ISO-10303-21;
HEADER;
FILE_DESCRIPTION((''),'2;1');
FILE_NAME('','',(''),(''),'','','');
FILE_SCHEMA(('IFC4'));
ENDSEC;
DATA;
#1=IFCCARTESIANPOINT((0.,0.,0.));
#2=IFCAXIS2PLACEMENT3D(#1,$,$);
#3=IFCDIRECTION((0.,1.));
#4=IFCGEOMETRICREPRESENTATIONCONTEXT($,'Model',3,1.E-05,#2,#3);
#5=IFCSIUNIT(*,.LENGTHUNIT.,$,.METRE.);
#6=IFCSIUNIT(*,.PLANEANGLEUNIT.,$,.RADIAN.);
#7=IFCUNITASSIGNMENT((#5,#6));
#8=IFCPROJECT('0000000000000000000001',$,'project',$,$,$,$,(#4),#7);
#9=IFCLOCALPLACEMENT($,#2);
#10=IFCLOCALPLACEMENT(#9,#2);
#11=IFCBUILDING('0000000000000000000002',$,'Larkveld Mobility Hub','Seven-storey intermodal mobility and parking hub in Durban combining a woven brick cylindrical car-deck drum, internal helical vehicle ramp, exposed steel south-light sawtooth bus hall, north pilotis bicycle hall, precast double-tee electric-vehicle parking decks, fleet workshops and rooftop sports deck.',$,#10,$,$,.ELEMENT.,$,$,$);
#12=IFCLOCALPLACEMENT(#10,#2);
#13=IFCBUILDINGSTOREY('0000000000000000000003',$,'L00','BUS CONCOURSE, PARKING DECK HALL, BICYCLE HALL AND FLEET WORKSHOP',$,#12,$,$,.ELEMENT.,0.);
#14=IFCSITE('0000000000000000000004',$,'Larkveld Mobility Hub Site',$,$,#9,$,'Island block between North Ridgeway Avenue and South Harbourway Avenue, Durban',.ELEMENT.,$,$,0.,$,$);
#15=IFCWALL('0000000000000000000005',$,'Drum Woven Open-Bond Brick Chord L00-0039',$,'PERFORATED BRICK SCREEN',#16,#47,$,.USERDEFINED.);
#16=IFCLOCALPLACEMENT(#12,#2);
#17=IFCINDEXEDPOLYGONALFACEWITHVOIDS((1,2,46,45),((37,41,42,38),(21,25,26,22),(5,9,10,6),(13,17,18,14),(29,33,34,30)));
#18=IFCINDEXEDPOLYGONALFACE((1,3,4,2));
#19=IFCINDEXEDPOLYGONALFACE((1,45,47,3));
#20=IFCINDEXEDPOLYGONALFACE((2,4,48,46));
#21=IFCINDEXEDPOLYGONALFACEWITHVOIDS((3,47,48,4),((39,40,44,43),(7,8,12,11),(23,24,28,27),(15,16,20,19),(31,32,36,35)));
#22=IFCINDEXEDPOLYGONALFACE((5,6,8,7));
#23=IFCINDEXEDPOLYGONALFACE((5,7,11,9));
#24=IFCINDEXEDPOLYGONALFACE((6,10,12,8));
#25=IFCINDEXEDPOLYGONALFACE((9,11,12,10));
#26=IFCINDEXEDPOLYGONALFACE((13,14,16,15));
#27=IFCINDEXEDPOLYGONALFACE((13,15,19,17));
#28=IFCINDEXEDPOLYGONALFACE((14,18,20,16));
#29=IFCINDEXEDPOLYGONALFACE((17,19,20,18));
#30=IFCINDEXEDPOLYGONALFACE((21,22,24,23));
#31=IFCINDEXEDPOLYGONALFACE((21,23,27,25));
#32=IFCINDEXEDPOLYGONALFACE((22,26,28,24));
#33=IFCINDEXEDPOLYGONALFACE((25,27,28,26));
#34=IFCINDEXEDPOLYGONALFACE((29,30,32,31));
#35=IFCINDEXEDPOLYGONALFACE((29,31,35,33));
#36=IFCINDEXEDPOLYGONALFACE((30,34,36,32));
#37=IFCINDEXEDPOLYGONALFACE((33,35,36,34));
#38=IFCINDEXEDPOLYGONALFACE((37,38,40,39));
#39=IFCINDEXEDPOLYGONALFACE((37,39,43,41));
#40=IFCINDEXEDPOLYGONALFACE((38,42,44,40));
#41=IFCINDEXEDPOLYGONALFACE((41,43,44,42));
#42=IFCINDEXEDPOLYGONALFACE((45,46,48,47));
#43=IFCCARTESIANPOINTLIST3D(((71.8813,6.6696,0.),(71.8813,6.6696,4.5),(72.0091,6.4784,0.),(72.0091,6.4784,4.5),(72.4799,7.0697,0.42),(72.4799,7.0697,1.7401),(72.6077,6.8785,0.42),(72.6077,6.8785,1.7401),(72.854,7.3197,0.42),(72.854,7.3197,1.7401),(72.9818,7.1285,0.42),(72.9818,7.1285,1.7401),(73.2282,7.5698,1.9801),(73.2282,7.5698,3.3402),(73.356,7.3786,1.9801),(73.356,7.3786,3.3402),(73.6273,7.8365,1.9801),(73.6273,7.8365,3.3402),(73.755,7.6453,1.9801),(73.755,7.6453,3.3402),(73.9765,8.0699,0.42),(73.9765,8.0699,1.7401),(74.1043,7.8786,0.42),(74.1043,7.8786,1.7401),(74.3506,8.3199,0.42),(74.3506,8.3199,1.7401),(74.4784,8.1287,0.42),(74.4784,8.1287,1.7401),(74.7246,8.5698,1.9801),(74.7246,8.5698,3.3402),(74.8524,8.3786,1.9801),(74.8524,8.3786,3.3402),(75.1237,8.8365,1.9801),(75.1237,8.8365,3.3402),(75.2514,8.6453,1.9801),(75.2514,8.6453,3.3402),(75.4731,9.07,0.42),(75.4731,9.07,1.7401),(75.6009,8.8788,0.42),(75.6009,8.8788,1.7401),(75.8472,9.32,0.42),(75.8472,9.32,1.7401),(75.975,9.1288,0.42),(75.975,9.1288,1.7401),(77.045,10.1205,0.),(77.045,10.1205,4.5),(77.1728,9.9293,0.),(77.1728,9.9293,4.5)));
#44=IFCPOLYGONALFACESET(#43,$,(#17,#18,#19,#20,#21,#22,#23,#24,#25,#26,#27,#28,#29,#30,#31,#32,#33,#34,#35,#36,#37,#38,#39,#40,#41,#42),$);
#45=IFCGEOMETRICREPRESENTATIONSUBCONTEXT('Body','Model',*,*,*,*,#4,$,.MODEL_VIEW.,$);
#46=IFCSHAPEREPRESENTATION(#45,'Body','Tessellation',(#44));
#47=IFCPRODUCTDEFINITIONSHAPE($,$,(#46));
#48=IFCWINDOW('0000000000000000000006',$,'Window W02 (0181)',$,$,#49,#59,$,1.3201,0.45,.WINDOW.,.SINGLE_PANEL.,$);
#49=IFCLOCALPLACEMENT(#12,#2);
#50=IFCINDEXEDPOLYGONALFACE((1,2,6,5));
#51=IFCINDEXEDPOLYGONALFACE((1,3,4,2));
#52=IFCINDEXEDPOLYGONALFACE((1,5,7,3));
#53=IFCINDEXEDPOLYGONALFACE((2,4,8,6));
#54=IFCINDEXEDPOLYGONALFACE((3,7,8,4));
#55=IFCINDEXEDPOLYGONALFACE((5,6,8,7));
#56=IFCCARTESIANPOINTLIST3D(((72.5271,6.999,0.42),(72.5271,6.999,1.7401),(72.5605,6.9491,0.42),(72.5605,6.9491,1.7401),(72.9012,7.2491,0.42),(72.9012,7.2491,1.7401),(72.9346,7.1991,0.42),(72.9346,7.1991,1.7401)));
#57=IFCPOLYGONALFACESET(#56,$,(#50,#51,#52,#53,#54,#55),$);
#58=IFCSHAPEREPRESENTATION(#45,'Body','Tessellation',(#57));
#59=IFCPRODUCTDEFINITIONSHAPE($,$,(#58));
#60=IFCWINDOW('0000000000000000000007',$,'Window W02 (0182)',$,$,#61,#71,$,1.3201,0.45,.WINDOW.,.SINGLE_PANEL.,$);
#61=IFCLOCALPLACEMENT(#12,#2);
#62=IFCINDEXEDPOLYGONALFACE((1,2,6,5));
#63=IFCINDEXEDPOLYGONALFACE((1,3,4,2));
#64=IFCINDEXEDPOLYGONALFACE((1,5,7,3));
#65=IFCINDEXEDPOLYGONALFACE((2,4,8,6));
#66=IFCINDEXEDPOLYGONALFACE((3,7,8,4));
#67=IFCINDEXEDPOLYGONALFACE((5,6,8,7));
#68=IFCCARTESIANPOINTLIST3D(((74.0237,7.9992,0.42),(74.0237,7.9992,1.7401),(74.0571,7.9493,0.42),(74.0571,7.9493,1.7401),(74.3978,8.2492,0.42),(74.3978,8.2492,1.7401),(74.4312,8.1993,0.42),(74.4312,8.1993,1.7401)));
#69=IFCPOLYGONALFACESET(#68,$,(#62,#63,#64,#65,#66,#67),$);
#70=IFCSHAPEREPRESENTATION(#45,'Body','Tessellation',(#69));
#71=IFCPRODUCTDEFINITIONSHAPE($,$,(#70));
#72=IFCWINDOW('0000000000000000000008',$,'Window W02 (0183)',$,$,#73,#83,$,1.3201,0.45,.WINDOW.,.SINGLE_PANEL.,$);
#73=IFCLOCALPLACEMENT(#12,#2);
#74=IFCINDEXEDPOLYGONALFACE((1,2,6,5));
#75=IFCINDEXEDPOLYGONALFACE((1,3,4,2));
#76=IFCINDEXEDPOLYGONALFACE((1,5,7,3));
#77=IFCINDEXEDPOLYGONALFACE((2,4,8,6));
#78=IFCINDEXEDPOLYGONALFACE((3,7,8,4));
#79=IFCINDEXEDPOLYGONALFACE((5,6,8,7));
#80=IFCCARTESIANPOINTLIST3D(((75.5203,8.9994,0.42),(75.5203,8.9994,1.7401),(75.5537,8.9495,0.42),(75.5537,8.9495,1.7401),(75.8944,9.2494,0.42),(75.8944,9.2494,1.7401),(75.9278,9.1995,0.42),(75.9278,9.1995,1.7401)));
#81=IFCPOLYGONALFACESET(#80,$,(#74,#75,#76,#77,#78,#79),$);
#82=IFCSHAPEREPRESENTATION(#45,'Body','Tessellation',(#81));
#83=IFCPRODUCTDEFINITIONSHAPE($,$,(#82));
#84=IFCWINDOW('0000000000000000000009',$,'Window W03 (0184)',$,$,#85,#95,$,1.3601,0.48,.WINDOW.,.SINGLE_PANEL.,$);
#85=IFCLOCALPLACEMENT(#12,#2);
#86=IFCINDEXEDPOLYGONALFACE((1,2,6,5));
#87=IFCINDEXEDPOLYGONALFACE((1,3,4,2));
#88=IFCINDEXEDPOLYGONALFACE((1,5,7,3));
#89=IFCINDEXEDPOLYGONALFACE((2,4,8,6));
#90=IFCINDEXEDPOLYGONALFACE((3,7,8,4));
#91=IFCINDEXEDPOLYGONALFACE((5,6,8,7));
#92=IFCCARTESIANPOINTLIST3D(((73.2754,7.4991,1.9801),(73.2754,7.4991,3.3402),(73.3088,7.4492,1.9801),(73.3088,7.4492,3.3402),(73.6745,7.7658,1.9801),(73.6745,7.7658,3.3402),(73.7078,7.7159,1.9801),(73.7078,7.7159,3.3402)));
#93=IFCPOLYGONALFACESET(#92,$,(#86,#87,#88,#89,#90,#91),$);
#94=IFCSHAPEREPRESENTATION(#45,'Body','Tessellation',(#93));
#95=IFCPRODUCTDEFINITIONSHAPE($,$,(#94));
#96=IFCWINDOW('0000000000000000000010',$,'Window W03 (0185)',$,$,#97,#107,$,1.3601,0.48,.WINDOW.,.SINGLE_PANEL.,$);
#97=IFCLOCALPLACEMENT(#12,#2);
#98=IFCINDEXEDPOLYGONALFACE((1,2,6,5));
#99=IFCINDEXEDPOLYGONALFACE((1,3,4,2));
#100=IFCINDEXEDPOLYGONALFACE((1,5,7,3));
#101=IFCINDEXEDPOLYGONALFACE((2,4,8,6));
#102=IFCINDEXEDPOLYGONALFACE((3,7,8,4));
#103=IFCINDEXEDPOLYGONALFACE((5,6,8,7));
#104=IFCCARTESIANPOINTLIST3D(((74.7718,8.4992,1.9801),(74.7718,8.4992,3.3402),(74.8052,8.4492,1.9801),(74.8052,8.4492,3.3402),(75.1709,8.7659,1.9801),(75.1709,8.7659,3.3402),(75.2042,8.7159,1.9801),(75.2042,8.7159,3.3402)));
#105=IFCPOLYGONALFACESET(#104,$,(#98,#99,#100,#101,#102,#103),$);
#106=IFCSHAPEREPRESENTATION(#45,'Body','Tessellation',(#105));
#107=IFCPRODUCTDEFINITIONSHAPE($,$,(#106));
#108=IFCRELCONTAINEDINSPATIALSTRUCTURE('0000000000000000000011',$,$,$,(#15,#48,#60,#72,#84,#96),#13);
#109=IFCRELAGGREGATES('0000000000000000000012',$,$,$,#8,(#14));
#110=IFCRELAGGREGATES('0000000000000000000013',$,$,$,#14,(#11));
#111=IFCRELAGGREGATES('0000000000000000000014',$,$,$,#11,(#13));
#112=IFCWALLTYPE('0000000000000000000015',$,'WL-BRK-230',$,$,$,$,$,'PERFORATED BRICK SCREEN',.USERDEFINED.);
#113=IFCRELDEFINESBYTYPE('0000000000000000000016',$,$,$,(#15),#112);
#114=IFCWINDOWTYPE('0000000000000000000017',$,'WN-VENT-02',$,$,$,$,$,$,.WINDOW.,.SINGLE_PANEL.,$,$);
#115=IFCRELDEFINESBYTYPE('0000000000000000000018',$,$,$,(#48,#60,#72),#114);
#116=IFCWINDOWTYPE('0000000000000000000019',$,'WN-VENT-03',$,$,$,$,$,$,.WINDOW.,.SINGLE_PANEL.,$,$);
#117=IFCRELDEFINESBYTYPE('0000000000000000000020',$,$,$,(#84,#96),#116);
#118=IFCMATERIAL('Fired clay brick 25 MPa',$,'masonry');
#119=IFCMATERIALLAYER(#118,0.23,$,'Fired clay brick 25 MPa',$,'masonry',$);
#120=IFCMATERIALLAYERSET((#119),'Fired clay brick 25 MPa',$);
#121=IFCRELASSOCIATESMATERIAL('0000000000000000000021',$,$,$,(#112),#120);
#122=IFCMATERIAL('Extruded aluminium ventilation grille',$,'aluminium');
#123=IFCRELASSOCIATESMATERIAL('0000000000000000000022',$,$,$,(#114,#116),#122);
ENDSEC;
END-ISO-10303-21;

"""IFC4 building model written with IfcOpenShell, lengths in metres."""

from ifc_helpers import new_model, si_unit, direction, frame, frame_2d, origin, place, context, subcontext, project, spatial, rectangle, extrude, material, layer, layer_set, type_object, element, fill, save


model = new_model("IFC4")

# Units and contexts
model_context = context("Model", 3, precision=1e-05, world=origin(), true_north=direction((0.0, 1.0)))
body_context = subcontext(model_context, "Body", "Model", "MODEL_VIEW")
ifc_project = project(units=[si_unit("LENGTHUNIT", "METRE"), si_unit("PLANEANGLEUNIT", "RADIAN")], contexts=[model_context])

# Site, building, storey
site_placement = place(None, origin())
site = spatial("IfcSite", under=ifc_project, at=site_placement, Name="Larkveld Mobility Hub Site", LongName="Island block between North Ridgeway Avenue and South Harbourway Avenue, Durban", CompositionType="ELEMENT", RefElevation=0.0)
building_placement = place(site_placement, origin())
building = spatial("IfcBuilding", under=site, at=building_placement, Name="Larkveld Mobility Hub", Description="Seven-storey intermodal mobility and parking hub in Durban combining a woven brick cylindrical car-deck drum, internal helical vehicle ramp, exposed steel south-light sawtooth bus hall, north pilotis bicycle hall, precast double-tee electric-vehicle parking decks, fleet workshops and rooftop sports deck.", CompositionType="ELEMENT")
storey_placement = place(building_placement, origin())
storey = spatial("IfcBuildingStorey", under=building, at=storey_placement, Name="L00", Description="BUS CONCOURSE, PARKING DECK HALL, BICYCLE HALL AND FLEET WORKSHOP", CompositionType="ELEMENT", Elevation=0.0)

# Wall, openings, windows
ifc_material_1 = material(Name="Fired clay brick 25 MPa", Category="masonry")
ifc_layer_1 = layer(ifc_material_1, 0.23, Name="Fired clay brick 25 MPa", Category="masonry")
ifc_layer_set_1 = layer_set([ifc_layer_1], Name="Fired clay brick 25 MPa")
wall_type_1 = type_object("IfcWallType", Name="WL-BRK-230", ElementType="PERFORATED BRICK SCREEN", PredefinedType="USERDEFINED", material=ifc_layer_set_1)
wall_1_placement = place(storey_placement, frame((71.9451, 6.574, 0.0), z_axis=(0.0, 0.0, 1.0), x_axis=(0.831427, 0.555634, 0.0)))
wall_1 = element("IfcWall", 1, at=wall_1_placement, inside=storey, type_object=wall_type_1, Name="Drum Woven Open-Bond Brick Chord L00-0039", ObjectType="PERFORATED BRICK SCREEN", PredefinedType="USERDEFINED", context=body_context, shape_type="SweptSolid", body=[
    extrude(rectangle(XDim=6.2107, YDim=0.23, at=frame_2d((3.1055, 0.0))), origin(), (0.0, 0.0, 1.0), 4.5),
])
opening_1_placement = place(wall_1_placement, frame((0.72, 0.0, 0.4199)))
opening_1 = element("IfcOpeningElement", 2, at=opening_1_placement, cuts=wall_1, PredefinedType="OPENING", context=body_context, shape_type="SweptSolid", body=[
    extrude(rectangle(XDim=0.45, YDim=1.3201, at=frame_2d((0.2251, 0.6602))), frame((0.0, 0.125, 0.0), z_axis=(0.0, -1.0, 0.0), x_axis=(1.0, 0.0, 0.0)), (0.0, 0.0, 1.0), 0.25),
])
opening_2_placement = place(wall_1_placement, frame((2.52, 0.0, 0.4199)))
opening_2 = element("IfcOpeningElement", 3, at=opening_2_placement, cuts=wall_1, PredefinedType="OPENING", context=body_context, shape_type="SweptSolid", body=[
    extrude(rectangle(XDim=0.45, YDim=1.3201, at=frame_2d((0.2251, 0.6602))), frame((0.0, 0.125, 0.0), z_axis=(0.0, -1.0, 0.0), x_axis=(1.0, 0.0, 0.0)), (0.0, 0.0, 1.0), 0.25),
])
opening_3_placement = place(wall_1_placement, frame((4.3201, 0.0, 0.4199)))
opening_3 = element("IfcOpeningElement", 4, at=opening_3_placement, cuts=wall_1, PredefinedType="OPENING", context=body_context, shape_type="SweptSolid", body=[
    extrude(rectangle(XDim=0.45, YDim=1.3201, at=frame_2d((0.2251, 0.6602))), frame((0.0, 0.125, 0.0), z_axis=(0.0, -1.0, 0.0), x_axis=(1.0, 0.0, 0.0)), (0.0, 0.0, 1.0), 0.25),
])
opening_4_placement = place(wall_1_placement, frame((1.6201, 0.0, 1.98)))
opening_4 = element("IfcOpeningElement", 5, at=opening_4_placement, cuts=wall_1, PredefinedType="OPENING", context=body_context, shape_type="SweptSolid", body=[
    extrude(rectangle(XDim=0.48, YDim=1.3601, at=frame_2d((0.24, 0.6802))), frame((0.0, 0.125, 0.0), z_axis=(0.0, -1.0, 0.0), x_axis=(1.0, 0.0, 0.0)), (0.0, 0.0, 1.0), 0.25),
])
opening_5_placement = place(wall_1_placement, frame((3.4199, 0.0, 1.98)))
opening_5 = element("IfcOpeningElement", 6, at=opening_5_placement, cuts=wall_1, PredefinedType="OPENING", context=body_context, shape_type="SweptSolid", body=[
    extrude(rectangle(XDim=0.48, YDim=1.3601, at=frame_2d((0.24, 0.6802))), frame((0.0, 0.125, 0.0), z_axis=(0.0, -1.0, 0.0), x_axis=(1.0, 0.0, 0.0)), (0.0, 0.0, 1.0), 0.25),
])
ifc_material_2 = material(Name="Extruded aluminium ventilation grille", Category="aluminium")
window_type_1 = type_object("IfcWindowType", Name="WN-VENT-02", PartitioningType="SINGLE_PANEL", PredefinedType="WINDOW", material=ifc_material_2)
window_1_placement = place(opening_1_placement, origin())
window_1 = element("IfcWindow", 7, at=window_1_placement, inside=storey, type_object=window_type_1, Name="Window W02 (0181)", OverallHeight=1.3201, OverallWidth=0.45, PartitioningType="SINGLE_PANEL", PredefinedType="WINDOW", context=body_context, shape_type="SweptSolid", body=[
    extrude(rectangle(XDim=0.45, YDim=1.3201, at=frame_2d((0.2251, 0.6602))), frame((0.0, 0.03, 0.0), z_axis=(0.0, -1.0, 0.0), x_axis=(1.0, 0.0, 0.0)), (0.0, 0.0, 1.0), 0.0601),
])
fill(opening_1, window_1)
window_2_placement = place(opening_2_placement, origin())
window_2 = element("IfcWindow", 8, at=window_2_placement, inside=storey, type_object=window_type_1, Name="Window W02 (0182)", OverallHeight=1.3201, OverallWidth=0.45, PartitioningType="SINGLE_PANEL", PredefinedType="WINDOW", context=body_context, shape_type="SweptSolid", body=[
    extrude(rectangle(XDim=0.45, YDim=1.3201, at=frame_2d((0.2251, 0.6602))), frame((0.0, 0.03, 0.0), z_axis=(0.0, -1.0, 0.0), x_axis=(1.0, 0.0, 0.0)), (0.0, 0.0, 1.0), 0.0601),
])
fill(opening_2, window_2)
window_3_placement = place(opening_3_placement, origin())
window_3 = element("IfcWindow", 9, at=window_3_placement, inside=storey, type_object=window_type_1, Name="Window W02 (0183)", OverallHeight=1.3201, OverallWidth=0.45, PartitioningType="SINGLE_PANEL", PredefinedType="WINDOW", context=body_context, shape_type="SweptSolid", body=[
    extrude(rectangle(XDim=0.45, YDim=1.3201, at=frame_2d((0.2251, 0.6602))), frame((0.0, 0.03, 0.0), z_axis=(0.0, -1.0, 0.0), x_axis=(1.0, 0.0, 0.0)), (0.0, 0.0, 1.0), 0.0601),
])
fill(opening_3, window_3)
window_type_2 = type_object("IfcWindowType", Name="WN-VENT-03", PartitioningType="SINGLE_PANEL", PredefinedType="WINDOW", material=ifc_material_2)
window_4_placement = place(opening_4_placement, origin())
window_4 = element("IfcWindow", 10, at=window_4_placement, inside=storey, type_object=window_type_2, Name="Window W03 (0184)", OverallHeight=1.3601, OverallWidth=0.48, PartitioningType="SINGLE_PANEL", PredefinedType="WINDOW", context=body_context, shape_type="SweptSolid", body=[
    extrude(rectangle(XDim=0.48, YDim=1.3601, at=frame_2d((0.24, 0.6802))), frame((0.0, 0.03, 0.0), z_axis=(0.0, -1.0, 0.0), x_axis=(1.0, 0.0, 0.0)), (0.0, 0.0, 1.0), 0.0601),
])
fill(opening_4, window_4)
window_5_placement = place(opening_5_placement, origin())
window_5 = element("IfcWindow", 11, at=window_5_placement, inside=storey, type_object=window_type_2, Name="Window W03 (0185)", OverallHeight=1.3601, OverallWidth=0.48, PartitioningType="SINGLE_PANEL", PredefinedType="WINDOW", context=body_context, shape_type="SweptSolid", body=[
    extrude(rectangle(XDim=0.48, YDim=1.3601, at=frame_2d((0.24, 0.6802))), frame((0.0, 0.03, 0.0), z_axis=(0.0, -1.0, 0.0), x_axis=(1.0, 0.0, 0.0)), (0.0, 0.0, 1.0), 0.0601),
])
fill(opening_5, window_5)

save(model, "model.ifc")
